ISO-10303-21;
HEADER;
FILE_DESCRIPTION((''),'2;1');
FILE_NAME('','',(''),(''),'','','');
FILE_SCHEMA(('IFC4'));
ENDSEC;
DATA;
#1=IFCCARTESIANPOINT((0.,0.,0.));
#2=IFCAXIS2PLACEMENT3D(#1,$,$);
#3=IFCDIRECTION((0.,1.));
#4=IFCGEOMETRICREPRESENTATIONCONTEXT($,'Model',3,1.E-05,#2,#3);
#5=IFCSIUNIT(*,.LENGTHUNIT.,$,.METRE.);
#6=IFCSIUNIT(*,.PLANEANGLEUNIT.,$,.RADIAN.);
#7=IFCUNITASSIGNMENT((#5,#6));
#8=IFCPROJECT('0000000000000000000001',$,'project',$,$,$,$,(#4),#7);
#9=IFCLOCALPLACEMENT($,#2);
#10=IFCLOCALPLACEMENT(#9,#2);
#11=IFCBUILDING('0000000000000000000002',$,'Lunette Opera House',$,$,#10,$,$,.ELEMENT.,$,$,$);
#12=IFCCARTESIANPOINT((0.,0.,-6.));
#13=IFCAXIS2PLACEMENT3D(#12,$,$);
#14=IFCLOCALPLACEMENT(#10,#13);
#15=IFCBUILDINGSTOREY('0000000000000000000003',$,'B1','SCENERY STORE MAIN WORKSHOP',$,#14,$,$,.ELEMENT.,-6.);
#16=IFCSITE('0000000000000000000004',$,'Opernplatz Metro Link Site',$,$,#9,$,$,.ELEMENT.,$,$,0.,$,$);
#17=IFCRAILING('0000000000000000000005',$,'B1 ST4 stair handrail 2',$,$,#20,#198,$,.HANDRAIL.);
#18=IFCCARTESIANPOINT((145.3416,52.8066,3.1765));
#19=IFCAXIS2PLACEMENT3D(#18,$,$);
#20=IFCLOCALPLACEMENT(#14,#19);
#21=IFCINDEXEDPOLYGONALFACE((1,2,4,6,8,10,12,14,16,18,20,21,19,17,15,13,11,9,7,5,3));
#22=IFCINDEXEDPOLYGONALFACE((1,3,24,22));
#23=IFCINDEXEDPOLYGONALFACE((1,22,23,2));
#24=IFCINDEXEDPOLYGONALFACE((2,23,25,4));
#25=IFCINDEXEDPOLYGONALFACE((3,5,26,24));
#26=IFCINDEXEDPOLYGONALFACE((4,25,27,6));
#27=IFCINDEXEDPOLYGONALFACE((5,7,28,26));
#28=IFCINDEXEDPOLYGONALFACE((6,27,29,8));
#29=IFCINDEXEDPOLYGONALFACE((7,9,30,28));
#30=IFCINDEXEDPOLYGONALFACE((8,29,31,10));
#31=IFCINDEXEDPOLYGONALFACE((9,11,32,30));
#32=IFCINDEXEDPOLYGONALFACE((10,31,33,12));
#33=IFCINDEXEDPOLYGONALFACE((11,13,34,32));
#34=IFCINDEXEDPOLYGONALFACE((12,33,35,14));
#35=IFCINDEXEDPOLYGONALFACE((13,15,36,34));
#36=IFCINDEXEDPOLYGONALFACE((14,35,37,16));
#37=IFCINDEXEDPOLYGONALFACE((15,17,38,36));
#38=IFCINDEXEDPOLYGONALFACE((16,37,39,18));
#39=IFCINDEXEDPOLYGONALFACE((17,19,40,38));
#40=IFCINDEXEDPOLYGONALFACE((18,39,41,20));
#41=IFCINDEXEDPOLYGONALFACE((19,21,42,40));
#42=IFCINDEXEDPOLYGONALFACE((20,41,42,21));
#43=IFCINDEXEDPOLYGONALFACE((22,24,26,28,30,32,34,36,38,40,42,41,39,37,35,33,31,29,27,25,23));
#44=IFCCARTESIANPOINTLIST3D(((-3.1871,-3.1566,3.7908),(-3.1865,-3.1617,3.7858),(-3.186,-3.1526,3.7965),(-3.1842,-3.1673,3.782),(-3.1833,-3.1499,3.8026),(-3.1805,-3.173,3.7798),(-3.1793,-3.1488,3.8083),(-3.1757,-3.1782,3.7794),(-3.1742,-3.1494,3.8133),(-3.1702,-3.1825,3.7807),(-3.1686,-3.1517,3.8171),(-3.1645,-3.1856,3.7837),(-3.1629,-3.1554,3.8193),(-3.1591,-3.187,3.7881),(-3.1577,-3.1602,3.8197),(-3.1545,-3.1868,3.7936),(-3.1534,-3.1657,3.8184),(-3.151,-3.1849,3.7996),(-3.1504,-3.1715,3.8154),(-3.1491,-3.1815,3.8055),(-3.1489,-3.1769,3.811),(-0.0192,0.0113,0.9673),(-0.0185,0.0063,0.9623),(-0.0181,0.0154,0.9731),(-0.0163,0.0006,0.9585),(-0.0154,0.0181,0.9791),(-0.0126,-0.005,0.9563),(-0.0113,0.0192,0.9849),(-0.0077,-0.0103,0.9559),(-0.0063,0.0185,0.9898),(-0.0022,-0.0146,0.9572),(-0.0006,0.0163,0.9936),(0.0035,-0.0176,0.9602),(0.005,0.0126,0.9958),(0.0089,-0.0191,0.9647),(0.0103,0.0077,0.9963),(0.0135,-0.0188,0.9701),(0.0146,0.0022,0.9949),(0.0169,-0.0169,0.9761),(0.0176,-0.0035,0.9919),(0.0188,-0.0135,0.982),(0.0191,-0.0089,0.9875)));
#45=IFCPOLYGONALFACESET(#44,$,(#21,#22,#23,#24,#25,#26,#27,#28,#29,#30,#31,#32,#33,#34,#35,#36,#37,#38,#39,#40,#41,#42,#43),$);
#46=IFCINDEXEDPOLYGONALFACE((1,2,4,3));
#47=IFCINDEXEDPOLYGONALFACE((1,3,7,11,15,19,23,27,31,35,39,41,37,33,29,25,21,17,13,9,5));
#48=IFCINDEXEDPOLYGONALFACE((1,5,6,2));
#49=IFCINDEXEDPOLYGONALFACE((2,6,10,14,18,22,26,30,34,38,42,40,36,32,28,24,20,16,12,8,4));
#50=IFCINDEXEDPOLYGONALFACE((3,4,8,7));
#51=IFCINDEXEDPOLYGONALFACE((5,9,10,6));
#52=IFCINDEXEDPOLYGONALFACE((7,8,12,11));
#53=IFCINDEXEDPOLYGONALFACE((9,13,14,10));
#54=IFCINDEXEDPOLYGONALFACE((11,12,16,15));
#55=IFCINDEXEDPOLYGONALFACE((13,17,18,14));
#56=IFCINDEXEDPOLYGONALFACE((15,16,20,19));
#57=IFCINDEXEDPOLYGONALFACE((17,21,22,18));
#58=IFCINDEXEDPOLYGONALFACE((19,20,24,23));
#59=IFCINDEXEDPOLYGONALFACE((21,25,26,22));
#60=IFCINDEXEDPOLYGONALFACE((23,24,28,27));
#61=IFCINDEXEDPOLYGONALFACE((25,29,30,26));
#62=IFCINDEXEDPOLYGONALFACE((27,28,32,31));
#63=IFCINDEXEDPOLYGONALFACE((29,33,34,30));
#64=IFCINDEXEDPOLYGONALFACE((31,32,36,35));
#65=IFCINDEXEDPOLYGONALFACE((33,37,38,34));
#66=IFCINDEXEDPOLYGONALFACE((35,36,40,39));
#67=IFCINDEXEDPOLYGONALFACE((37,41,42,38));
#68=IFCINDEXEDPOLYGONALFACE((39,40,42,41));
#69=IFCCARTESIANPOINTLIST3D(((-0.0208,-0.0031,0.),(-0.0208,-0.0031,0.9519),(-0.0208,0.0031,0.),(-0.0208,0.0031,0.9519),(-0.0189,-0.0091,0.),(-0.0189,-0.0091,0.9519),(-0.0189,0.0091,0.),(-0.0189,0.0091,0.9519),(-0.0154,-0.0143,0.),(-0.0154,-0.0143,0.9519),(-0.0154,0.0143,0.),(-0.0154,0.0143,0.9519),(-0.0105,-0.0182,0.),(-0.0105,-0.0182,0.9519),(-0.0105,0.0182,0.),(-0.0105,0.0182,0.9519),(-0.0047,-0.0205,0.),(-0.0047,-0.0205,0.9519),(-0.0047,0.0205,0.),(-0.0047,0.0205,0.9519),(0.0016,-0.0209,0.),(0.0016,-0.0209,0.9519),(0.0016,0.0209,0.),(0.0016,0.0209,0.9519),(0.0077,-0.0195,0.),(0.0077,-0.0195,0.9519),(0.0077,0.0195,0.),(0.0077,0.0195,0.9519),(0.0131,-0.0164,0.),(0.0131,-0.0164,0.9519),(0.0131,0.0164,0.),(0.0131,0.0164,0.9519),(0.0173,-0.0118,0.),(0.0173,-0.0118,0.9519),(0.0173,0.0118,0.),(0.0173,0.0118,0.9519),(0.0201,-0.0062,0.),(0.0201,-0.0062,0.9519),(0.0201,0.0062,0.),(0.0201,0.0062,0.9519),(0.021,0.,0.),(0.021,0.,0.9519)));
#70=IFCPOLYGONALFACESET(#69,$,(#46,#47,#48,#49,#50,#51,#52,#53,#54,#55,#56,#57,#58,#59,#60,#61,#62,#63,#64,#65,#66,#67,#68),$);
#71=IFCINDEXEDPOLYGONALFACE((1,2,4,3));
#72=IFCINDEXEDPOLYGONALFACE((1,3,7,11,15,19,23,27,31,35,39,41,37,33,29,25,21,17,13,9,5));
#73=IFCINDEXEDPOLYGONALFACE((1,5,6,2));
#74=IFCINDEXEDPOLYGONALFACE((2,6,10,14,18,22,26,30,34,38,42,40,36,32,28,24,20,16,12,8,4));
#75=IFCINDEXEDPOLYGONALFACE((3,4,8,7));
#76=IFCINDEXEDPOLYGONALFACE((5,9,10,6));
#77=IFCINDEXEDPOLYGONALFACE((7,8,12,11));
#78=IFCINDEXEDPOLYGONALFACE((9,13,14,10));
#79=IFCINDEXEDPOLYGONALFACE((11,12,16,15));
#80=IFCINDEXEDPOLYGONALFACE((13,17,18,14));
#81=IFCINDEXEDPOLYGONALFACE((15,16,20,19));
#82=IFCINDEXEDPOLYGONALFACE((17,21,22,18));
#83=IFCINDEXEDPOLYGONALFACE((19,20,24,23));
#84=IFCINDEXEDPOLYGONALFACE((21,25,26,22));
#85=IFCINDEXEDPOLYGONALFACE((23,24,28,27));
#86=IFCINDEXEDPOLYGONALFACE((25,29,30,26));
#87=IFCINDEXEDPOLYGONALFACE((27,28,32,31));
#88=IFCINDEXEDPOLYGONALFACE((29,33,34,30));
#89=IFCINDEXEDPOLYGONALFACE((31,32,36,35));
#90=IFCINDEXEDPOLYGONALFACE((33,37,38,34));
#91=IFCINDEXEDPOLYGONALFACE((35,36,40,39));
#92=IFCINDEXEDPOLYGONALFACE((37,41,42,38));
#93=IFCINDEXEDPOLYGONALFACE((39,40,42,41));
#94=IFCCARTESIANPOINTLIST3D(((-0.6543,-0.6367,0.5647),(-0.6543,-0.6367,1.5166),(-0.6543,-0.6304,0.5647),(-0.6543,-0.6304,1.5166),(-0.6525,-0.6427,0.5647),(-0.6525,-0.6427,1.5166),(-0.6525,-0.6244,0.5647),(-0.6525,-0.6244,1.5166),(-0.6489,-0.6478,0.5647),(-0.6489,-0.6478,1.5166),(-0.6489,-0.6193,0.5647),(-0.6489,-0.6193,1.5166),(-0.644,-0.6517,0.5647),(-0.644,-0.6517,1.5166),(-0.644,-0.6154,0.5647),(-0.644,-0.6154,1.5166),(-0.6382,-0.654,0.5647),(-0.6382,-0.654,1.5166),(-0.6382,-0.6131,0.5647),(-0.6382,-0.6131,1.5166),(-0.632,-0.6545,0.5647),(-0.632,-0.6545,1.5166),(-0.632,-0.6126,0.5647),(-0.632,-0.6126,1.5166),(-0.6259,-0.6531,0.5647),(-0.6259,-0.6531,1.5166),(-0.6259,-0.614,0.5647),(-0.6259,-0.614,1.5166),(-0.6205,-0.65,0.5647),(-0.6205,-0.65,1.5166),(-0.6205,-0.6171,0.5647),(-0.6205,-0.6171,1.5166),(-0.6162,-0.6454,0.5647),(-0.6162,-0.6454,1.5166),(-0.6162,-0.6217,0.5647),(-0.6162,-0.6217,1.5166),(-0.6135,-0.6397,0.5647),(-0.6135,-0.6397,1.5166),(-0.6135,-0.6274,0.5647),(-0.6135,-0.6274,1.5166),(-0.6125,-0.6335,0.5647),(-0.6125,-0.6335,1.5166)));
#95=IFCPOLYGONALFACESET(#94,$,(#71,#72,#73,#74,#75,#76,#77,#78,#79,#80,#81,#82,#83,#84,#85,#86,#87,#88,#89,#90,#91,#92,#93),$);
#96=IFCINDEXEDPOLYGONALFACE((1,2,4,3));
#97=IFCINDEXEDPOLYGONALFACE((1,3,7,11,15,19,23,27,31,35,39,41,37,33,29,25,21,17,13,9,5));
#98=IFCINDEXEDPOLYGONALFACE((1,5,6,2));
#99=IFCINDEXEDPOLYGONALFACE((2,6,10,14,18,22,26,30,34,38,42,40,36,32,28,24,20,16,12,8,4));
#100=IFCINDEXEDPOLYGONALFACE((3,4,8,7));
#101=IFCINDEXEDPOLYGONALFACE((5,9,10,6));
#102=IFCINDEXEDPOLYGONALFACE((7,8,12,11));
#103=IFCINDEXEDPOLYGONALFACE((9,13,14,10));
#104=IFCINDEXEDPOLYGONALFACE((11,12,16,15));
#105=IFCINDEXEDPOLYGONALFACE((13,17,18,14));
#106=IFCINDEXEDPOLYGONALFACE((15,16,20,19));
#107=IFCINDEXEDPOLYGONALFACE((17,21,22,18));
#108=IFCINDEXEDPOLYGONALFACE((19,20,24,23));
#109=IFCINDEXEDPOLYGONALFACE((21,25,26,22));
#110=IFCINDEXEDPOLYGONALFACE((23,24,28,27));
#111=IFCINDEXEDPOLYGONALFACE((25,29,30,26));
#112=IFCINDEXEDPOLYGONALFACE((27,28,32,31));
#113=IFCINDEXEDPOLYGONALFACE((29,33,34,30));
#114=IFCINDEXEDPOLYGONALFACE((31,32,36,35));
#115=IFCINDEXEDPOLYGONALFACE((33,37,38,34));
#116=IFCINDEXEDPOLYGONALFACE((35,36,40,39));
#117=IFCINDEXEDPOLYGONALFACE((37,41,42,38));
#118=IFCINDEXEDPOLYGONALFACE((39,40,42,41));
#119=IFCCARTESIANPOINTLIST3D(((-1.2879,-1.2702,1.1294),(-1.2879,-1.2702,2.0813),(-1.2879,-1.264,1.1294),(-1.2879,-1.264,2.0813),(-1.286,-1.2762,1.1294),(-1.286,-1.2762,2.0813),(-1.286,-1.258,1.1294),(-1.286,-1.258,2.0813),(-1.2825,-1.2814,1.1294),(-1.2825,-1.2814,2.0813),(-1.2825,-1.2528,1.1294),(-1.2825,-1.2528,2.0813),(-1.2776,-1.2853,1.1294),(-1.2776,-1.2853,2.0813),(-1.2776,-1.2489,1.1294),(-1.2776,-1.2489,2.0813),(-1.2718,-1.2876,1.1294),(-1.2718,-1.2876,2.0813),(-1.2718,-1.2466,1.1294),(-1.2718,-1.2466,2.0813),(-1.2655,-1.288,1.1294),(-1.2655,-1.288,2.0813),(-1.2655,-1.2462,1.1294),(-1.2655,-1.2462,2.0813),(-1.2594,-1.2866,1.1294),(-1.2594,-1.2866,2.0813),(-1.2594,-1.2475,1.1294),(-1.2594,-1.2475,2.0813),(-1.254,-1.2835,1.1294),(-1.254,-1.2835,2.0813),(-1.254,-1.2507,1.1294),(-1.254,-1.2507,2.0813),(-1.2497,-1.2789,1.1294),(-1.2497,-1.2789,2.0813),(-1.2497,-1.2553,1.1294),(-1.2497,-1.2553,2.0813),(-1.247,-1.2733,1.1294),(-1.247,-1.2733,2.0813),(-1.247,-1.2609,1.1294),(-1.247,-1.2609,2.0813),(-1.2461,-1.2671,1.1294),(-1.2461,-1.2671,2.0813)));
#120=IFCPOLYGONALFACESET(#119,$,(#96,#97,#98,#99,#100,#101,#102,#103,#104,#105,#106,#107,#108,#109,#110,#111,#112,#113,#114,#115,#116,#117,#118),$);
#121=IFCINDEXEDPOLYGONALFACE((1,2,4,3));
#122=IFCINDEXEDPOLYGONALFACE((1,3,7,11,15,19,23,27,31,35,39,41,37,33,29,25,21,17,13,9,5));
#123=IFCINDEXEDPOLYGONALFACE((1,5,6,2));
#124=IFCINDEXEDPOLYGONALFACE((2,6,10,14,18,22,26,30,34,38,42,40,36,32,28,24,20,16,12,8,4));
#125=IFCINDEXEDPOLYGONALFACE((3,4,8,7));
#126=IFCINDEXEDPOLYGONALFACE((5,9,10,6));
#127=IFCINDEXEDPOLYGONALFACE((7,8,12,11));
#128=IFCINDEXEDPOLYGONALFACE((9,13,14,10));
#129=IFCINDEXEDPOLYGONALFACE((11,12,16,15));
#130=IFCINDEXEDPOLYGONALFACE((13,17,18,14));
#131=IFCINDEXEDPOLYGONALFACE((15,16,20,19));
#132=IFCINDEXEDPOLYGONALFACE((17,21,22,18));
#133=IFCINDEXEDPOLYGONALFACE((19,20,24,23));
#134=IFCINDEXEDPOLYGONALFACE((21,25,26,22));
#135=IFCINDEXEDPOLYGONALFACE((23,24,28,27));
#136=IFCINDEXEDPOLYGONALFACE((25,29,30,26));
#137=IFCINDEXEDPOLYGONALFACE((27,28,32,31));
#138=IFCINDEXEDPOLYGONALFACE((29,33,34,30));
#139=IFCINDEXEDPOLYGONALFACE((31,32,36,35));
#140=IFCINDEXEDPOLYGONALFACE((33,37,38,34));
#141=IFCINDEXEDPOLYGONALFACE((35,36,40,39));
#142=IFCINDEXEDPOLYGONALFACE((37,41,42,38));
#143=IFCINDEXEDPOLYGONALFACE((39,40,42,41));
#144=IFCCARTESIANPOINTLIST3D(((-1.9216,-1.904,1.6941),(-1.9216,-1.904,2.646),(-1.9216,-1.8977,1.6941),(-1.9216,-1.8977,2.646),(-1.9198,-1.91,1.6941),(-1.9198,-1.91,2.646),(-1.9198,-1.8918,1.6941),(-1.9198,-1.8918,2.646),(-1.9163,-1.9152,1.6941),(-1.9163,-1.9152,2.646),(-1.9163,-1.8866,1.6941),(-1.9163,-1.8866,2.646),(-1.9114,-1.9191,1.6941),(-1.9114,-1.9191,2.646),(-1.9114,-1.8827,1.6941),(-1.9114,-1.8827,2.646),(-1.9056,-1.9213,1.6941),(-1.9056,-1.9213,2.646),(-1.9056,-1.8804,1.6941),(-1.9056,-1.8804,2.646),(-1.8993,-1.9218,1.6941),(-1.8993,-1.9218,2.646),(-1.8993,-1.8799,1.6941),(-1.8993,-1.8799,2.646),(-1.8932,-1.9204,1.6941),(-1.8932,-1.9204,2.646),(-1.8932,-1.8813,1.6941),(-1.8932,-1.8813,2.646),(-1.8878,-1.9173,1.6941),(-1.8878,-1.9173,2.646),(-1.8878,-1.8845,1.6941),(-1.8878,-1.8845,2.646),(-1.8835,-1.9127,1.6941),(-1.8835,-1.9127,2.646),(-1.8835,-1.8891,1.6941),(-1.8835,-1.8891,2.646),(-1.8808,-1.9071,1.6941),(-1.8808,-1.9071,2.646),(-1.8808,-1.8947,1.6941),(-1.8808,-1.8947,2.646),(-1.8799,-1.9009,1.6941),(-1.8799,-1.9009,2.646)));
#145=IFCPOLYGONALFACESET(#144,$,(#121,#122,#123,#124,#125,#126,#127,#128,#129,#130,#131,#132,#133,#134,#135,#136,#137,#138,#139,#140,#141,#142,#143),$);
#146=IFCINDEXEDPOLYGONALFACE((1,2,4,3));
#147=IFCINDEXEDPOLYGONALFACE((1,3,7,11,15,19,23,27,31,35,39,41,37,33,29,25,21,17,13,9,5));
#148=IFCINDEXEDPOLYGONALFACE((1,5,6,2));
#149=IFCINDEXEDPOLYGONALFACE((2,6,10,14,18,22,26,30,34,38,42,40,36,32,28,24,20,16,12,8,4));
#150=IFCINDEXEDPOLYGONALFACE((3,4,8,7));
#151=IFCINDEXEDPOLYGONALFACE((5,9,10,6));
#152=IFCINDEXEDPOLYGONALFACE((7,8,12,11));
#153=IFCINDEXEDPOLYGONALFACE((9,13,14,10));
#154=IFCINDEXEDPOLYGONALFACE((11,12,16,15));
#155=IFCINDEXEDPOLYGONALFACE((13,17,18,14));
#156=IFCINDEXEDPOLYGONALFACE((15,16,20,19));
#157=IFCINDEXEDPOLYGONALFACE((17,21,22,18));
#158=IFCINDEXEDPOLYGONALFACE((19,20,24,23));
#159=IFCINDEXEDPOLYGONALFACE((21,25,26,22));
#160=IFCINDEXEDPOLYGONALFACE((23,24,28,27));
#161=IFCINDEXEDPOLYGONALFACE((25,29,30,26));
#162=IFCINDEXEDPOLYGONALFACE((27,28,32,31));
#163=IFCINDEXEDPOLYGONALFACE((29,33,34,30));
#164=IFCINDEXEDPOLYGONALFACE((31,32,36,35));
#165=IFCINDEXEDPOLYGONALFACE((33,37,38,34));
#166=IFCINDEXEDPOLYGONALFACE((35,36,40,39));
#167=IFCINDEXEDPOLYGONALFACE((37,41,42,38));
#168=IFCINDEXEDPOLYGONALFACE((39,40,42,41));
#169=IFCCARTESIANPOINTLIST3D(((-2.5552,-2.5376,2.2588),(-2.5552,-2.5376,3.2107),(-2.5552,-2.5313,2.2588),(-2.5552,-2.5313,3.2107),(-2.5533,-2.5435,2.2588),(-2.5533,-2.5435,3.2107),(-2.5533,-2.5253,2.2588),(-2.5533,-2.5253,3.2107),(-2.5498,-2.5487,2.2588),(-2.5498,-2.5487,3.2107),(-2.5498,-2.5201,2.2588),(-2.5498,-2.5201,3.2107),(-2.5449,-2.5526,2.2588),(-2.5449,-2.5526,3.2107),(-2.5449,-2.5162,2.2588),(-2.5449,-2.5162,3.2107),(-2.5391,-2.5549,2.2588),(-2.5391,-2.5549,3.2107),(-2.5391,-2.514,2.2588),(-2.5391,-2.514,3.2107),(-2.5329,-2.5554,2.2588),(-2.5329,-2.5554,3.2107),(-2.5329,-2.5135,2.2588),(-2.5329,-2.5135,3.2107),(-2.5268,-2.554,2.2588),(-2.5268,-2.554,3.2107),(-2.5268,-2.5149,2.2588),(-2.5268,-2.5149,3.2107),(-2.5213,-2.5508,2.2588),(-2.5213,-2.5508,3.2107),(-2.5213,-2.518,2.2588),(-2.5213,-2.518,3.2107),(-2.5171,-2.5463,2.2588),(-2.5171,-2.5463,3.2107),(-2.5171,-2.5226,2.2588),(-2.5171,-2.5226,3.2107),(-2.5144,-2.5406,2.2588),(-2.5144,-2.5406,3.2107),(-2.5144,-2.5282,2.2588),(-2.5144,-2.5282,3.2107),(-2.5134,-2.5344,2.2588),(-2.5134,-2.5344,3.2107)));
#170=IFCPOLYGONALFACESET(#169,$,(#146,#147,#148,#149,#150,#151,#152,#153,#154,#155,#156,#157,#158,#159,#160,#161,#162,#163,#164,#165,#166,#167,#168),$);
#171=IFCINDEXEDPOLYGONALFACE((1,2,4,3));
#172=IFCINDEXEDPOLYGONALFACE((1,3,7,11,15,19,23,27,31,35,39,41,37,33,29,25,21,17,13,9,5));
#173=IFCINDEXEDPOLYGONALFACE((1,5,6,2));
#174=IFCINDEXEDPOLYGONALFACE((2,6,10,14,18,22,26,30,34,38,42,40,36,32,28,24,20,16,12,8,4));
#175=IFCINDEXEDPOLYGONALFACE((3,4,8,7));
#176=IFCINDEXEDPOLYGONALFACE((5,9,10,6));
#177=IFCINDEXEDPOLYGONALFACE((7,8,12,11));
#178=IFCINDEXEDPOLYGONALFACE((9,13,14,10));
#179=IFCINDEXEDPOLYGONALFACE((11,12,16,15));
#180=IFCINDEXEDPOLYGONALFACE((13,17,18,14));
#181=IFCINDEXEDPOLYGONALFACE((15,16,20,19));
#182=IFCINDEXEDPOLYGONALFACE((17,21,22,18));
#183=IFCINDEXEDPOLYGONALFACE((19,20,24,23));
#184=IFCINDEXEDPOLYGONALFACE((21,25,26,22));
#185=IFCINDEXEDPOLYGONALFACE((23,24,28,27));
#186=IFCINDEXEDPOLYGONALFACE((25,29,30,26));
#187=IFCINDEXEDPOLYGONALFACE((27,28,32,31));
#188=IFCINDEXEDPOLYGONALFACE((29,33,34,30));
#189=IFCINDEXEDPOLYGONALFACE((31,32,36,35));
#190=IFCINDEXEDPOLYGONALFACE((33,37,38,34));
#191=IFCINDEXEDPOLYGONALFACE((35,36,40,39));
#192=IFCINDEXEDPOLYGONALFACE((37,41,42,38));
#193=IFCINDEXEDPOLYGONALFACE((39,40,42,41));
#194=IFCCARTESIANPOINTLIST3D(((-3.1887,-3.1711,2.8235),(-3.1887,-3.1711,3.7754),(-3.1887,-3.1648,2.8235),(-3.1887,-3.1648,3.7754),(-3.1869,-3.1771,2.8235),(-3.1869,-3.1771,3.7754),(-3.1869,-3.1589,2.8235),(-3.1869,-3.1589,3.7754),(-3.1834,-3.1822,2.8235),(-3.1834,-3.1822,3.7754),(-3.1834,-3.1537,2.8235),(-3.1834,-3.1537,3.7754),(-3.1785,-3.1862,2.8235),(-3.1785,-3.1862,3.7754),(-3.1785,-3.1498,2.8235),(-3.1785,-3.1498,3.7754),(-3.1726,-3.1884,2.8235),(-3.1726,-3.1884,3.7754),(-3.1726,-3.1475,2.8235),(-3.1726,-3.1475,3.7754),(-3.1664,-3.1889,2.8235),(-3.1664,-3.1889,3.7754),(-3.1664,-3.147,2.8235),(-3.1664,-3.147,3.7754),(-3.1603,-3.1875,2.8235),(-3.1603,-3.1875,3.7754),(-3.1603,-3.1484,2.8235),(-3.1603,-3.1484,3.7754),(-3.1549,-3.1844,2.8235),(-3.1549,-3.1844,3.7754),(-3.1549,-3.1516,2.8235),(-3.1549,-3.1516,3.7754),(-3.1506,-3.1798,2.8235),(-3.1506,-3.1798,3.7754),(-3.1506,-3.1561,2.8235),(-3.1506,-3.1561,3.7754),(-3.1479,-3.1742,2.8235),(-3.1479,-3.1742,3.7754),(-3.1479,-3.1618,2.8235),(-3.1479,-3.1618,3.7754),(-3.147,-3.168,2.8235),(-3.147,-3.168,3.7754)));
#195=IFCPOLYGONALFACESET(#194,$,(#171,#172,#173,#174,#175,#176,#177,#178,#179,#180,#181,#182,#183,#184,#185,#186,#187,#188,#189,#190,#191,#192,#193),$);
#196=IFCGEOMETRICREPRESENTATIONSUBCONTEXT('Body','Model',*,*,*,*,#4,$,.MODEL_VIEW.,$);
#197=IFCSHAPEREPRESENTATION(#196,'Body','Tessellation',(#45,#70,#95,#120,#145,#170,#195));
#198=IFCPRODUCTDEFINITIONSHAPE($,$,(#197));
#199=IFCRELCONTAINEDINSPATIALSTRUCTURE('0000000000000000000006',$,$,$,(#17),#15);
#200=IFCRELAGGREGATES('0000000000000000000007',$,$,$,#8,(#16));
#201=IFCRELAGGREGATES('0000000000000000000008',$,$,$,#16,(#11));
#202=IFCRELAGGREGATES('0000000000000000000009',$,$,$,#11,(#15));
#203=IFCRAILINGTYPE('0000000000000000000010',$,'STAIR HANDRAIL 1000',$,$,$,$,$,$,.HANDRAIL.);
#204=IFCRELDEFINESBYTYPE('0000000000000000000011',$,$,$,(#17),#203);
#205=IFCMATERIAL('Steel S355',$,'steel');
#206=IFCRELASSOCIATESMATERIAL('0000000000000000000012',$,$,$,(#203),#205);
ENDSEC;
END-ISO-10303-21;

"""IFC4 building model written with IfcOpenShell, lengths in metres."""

from ifc_helpers import new_model, si_unit, direction, frame, origin, origin_2d, place, context, subcontext, project, spatial, circle, extrude, material, type_object, element, save


model = new_model("IFC4")

# Units and contexts
model_context = context("Model", 3, precision=1e-05, world=origin(), true_north=direction((0.0, 1.0)))
body_context = subcontext(model_context, "Body", "Model", "MODEL_VIEW")
ifc_project = project(units=[si_unit("LENGTHUNIT", "METRE"), si_unit("PLANEANGLEUNIT", "RADIAN")], contexts=[model_context])

# Site, building, storey
site_placement = place(None, origin())
site = spatial("IfcSite", under=ifc_project, at=site_placement, Name="Opernplatz Metro Link Site", CompositionType="ELEMENT", RefElevation=0.0)
building_placement = place(site_placement, origin())
building = spatial("IfcBuilding", under=site, at=building_placement, Name="Lunette Opera House", CompositionType="ELEMENT")
storey_placement = place(building_placement, frame((0.0, 0.0, -6.0)))
storey = spatial("IfcBuildingStorey", under=building, at=storey_placement, Name="B1", Description="SCENERY STORE MAIN WORKSHOP", CompositionType="ELEMENT", Elevation=-6.0)

# Railing
ifc_material_1 = material(Name="Steel S355", Category="steel")
railing_type_1 = type_object("IfcRailingType", Name="STAIR HANDRAIL 1000", PredefinedType="HANDRAIL", material=ifc_material_1)
railing_1_placement = place(storey_placement, frame((145.3416, 52.8066, 3.1765)))
element("IfcRailing", 1, at=railing_1_placement, inside=storey, type_object=railing_type_1, Name="B1 ST4 stair handrail 2", PredefinedType="HANDRAIL", context=body_context, shape_type="SweptSolid", body=[
    extrude(circle(Radius=0.0239, at=origin_2d()), frame((0.0, 0.0, 0.9761), z_axis=(-0.598219, -0.598219, 0.533169), x_axis=(0.707107, -0.707107, 0.0)), (0.0, 0.0, 1.0), 5.2957),
    extrude(circle(Radius=0.021, at=origin_2d()), origin(), (0.0, 0.0, 1.0), 0.9519),
    extrude(circle(Radius=0.021, at=origin_2d()), frame((-0.6335, -0.6335, 0.5647)), (0.0, 0.0, 1.0), 0.9519),
    extrude(circle(Radius=0.021, at=origin_2d()), frame((-1.2671, -1.2671, 1.1294)), (0.0, 0.0, 1.0), 0.9519),
    extrude(circle(Radius=0.021, at=origin_2d()), frame((-1.9009, -1.9009, 1.6941)), (0.0, 0.0, 1.0), 0.9519),
    extrude(circle(Radius=0.021, at=origin_2d()), frame((-2.5344, -2.5344, 2.2588)), (0.0, 0.0, 1.0), 0.9519),
    extrude(circle(Radius=0.021, at=origin_2d()), frame((-3.168, -3.168, 2.8235)), (0.0, 0.0, 1.0), 0.9519),
])

save(model, "model.ifc")
